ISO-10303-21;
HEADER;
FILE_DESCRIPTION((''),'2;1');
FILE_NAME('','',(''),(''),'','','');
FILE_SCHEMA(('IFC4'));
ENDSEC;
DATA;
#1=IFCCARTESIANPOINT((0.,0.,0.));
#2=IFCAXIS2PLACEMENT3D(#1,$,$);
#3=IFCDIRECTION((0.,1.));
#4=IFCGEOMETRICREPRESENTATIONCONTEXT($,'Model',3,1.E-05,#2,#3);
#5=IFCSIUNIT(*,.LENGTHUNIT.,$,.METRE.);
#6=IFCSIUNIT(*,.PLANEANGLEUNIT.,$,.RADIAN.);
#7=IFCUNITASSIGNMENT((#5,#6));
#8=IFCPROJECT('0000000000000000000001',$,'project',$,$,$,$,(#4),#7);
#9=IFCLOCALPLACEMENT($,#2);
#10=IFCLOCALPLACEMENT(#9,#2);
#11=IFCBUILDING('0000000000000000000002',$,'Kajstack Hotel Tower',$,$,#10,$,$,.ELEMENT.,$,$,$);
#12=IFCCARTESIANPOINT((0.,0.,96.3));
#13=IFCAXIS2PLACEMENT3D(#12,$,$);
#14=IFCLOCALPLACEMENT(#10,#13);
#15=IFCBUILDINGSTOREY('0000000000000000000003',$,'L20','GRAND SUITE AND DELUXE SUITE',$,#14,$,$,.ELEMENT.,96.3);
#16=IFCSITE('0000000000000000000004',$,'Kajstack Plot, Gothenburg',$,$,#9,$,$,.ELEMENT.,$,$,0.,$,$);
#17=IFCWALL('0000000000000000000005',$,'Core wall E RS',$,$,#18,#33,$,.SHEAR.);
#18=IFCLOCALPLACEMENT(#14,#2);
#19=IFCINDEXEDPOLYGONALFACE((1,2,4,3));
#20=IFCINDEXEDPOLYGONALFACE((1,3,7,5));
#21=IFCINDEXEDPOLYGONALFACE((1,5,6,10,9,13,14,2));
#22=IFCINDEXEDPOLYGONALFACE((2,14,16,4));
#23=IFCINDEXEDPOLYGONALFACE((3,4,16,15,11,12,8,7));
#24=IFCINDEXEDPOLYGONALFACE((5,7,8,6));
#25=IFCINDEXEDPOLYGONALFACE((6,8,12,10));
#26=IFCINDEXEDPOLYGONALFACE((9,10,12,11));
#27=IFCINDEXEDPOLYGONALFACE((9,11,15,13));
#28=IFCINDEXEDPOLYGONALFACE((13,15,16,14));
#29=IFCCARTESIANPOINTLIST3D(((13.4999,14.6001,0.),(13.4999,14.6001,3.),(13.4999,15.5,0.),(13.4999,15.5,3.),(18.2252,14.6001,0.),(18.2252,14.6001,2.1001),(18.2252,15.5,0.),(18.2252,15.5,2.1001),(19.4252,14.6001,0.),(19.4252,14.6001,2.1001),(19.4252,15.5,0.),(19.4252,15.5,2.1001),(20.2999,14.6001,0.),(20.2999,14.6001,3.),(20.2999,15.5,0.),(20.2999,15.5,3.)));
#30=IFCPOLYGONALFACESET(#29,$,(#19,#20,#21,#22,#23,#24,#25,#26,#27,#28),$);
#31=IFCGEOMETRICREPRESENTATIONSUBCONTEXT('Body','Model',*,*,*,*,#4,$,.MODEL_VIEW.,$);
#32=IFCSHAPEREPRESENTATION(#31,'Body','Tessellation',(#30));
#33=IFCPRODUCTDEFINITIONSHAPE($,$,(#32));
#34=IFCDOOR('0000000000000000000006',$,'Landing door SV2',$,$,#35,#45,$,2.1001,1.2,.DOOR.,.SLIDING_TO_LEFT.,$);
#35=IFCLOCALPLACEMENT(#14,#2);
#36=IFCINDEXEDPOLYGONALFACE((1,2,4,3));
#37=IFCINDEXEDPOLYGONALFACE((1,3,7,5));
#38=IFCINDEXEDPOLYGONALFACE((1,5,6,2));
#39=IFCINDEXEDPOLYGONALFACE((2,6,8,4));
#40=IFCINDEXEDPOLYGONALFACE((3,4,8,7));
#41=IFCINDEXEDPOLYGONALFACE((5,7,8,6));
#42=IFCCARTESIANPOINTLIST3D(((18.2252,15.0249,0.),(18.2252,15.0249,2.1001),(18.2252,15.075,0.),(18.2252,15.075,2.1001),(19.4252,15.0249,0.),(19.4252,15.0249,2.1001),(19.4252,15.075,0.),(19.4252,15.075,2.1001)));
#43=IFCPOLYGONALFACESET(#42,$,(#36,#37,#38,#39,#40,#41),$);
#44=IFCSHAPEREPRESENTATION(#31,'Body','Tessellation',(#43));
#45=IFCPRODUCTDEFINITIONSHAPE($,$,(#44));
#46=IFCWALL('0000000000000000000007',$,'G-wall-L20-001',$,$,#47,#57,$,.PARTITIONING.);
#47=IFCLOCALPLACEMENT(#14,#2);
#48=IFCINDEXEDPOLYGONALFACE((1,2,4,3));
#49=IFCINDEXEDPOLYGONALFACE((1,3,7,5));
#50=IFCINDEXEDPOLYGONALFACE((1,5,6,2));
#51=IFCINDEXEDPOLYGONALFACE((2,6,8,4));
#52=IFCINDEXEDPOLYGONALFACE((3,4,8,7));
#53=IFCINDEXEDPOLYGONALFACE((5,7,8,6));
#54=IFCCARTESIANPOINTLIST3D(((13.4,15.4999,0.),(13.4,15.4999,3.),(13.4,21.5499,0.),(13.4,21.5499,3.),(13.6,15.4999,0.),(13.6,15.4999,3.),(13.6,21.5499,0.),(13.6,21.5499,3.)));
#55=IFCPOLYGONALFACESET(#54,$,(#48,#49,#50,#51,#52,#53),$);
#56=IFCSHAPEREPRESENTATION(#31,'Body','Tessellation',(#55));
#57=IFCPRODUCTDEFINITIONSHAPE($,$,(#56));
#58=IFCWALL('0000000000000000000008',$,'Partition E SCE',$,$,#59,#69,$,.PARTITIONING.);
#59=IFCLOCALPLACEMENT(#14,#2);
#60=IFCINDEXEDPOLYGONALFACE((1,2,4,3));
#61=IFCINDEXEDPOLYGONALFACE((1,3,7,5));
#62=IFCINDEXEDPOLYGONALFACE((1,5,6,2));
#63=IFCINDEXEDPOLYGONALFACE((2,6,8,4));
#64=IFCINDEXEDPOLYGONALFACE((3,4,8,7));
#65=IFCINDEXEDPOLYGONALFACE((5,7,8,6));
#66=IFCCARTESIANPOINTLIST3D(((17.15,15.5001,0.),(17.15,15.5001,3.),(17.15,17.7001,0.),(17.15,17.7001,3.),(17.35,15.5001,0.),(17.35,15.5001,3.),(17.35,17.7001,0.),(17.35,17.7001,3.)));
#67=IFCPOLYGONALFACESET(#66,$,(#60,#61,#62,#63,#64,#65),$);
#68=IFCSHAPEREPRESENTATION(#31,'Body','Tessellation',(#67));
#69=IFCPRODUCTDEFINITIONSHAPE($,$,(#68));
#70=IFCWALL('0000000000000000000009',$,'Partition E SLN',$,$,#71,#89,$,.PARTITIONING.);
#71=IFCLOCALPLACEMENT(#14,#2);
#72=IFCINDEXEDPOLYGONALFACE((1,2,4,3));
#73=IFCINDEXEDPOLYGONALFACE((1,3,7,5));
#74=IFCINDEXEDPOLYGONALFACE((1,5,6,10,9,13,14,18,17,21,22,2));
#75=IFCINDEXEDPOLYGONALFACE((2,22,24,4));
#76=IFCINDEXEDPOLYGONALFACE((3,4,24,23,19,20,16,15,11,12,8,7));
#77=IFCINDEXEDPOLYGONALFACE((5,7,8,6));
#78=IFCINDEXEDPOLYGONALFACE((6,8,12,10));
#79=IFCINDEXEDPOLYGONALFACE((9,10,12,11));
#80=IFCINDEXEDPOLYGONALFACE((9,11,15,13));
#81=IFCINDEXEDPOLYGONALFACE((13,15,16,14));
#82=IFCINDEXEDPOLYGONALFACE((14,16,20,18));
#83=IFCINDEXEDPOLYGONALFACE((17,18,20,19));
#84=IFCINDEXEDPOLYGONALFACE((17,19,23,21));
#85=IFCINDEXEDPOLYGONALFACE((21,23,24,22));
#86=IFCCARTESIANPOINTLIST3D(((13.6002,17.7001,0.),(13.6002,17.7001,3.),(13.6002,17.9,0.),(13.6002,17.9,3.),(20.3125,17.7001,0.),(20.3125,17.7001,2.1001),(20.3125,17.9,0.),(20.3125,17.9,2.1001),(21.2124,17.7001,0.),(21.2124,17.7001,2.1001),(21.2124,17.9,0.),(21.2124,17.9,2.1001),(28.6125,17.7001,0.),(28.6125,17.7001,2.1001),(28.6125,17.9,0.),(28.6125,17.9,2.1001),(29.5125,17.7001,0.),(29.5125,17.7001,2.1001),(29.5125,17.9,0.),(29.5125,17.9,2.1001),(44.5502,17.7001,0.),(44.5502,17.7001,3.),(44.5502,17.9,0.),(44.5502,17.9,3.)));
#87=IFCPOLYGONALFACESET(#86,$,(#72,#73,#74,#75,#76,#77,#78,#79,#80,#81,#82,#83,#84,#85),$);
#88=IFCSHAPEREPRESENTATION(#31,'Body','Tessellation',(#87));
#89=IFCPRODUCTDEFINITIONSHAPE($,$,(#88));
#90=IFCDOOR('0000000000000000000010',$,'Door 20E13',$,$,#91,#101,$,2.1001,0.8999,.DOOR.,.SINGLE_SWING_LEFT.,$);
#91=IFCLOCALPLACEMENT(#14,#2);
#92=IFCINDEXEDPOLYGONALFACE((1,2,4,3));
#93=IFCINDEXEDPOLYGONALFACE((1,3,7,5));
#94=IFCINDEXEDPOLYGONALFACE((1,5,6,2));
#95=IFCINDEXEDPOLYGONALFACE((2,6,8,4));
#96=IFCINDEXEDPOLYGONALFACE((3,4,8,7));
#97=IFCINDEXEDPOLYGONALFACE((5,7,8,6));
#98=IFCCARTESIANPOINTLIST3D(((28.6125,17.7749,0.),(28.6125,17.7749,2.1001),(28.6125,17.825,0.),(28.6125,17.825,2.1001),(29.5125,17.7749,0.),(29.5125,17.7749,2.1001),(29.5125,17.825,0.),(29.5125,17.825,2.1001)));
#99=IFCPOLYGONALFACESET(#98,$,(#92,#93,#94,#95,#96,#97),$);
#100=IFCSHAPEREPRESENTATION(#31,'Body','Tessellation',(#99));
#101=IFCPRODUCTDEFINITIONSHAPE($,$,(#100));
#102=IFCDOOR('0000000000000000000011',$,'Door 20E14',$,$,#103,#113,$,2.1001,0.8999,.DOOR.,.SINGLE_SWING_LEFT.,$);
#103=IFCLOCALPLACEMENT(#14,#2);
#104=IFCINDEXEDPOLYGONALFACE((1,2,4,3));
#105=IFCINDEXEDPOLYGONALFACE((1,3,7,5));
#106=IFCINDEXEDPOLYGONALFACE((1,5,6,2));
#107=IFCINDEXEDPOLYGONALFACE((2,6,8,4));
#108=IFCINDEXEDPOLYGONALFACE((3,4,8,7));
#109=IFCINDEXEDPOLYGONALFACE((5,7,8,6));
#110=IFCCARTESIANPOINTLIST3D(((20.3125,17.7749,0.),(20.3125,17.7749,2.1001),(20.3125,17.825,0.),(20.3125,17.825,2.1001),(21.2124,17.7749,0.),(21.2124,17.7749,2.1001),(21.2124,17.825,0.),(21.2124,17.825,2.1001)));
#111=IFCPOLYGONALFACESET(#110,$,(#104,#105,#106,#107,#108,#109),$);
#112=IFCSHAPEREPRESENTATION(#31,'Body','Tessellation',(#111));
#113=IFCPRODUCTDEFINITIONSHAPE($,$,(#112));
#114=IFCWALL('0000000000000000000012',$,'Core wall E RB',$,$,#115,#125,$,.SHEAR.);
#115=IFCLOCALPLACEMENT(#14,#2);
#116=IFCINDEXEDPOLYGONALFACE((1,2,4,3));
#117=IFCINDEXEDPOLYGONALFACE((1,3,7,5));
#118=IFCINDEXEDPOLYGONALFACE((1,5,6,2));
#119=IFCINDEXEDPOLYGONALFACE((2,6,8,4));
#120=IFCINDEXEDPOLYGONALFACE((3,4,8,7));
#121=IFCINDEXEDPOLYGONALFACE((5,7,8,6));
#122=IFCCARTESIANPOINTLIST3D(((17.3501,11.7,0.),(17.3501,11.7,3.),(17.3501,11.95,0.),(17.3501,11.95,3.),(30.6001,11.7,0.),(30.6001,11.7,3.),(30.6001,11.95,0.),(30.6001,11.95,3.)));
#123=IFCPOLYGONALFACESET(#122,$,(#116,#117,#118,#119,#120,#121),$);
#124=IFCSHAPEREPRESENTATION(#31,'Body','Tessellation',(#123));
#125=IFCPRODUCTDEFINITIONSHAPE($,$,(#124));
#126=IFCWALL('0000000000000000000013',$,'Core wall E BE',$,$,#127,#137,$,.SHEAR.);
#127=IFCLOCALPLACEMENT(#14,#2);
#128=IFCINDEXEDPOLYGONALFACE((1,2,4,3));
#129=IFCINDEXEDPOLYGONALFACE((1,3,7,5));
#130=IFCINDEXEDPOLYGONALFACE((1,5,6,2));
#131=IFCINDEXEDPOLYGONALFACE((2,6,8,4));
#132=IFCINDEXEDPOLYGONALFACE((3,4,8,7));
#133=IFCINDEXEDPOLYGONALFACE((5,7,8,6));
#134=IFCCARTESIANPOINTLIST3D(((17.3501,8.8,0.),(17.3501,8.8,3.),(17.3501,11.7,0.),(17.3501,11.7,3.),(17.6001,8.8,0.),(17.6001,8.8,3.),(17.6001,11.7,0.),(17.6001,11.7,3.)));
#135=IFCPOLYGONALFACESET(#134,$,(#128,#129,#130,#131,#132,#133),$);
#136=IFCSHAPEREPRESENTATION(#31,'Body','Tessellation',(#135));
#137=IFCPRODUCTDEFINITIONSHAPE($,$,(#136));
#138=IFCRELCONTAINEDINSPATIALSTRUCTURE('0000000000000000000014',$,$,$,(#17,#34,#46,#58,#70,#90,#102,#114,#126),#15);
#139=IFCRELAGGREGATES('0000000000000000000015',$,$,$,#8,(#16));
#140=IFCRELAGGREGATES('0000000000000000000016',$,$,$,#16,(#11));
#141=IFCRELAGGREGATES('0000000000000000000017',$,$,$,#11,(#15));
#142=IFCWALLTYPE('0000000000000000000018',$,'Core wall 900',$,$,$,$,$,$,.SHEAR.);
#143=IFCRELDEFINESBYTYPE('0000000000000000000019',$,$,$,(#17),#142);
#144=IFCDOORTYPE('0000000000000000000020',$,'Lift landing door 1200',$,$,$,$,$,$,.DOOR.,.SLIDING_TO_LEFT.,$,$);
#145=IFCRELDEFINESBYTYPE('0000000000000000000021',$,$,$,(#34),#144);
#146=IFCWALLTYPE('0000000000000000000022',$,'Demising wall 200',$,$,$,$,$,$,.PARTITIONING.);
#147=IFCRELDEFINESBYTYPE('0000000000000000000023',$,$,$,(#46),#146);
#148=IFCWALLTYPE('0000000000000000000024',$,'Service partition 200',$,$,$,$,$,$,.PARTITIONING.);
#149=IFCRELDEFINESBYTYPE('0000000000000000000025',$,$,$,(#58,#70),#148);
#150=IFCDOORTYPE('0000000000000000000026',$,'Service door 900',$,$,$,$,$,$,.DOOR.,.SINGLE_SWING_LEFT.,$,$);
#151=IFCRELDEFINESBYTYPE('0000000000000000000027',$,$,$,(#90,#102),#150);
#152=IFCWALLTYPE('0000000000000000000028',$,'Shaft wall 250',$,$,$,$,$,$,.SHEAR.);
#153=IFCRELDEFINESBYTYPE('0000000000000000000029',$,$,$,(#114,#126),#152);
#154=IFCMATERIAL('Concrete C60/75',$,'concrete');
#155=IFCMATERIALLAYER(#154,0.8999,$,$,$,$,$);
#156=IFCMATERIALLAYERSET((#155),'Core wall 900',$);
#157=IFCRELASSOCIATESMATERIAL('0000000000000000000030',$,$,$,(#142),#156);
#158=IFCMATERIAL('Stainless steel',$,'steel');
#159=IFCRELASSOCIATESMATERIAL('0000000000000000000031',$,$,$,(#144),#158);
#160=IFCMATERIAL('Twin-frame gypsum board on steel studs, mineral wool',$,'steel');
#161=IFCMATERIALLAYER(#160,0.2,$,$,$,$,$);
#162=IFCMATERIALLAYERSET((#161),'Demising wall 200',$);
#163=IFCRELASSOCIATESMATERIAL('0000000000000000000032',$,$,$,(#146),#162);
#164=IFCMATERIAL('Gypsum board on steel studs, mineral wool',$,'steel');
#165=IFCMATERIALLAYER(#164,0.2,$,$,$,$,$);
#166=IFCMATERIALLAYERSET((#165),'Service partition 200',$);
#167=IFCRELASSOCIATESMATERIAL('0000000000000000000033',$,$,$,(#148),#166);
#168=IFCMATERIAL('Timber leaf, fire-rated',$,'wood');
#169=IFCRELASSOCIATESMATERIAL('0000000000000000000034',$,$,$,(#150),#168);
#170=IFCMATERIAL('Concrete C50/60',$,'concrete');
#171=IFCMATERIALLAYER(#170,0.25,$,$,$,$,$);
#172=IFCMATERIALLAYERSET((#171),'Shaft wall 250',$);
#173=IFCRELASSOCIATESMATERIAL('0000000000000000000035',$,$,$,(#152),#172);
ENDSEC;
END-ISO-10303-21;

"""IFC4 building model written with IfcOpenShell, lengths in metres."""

from ifc_helpers import new_model, si_unit, direction, frame, frame_2d, origin, place, context, subcontext, project, spatial, rectangle, extrude, material, layer, layer_set, type_object, element, fill, save


model = new_model("IFC4")

# Units and contexts
model_context = context("Model", 3, precision=1e-05, world=origin(), true_north=direction((0.0, 1.0)))
body_context = subcontext(model_context, "Body", "Model", "MODEL_VIEW")
ifc_project = project(units=[si_unit("LENGTHUNIT", "METRE"), si_unit("PLANEANGLEUNIT", "RADIAN")], contexts=[model_context])

# Site, building, storey
site_placement = place(None, origin())
site = spatial("IfcSite", under=ifc_project, at=site_placement, Name="Kajstack Plot, Gothenburg", CompositionType="ELEMENT", RefElevation=0.0)
building_placement = place(site_placement, origin())
building = spatial("IfcBuilding", under=site, at=building_placement, Name="Kajstack Hotel Tower", CompositionType="ELEMENT")
storey_placement = place(building_placement, frame((0.0, 0.0, 96.3)))
storey = spatial("IfcBuildingStorey", under=building, at=storey_placement, Name="L20", Description="GRAND SUITE AND DELUXE SUITE", CompositionType="ELEMENT", Elevation=96.3)

# Wall, opening, door
ifc_material_1 = material(Name="Concrete C60/75", Category="concrete")
ifc_layer_1 = layer(ifc_material_1, 0.8999)
ifc_layer_set_1 = layer_set([ifc_layer_1], Name="Core wall 900")
wall_type_1 = type_object("IfcWallType", Name="Core wall 900", PredefinedType="SHEAR", material=ifc_layer_set_1)
wall_1_placement = place(storey_placement, frame((13.5, 15.05, 0.0), z_axis=(0.0, 0.0, 1.0), x_axis=(1.0, 0.0, 0.0)))
wall_1 = element("IfcWall", 1, at=wall_1_placement, inside=storey, type_object=wall_type_1, Name="Core wall E RS", PredefinedType="SHEAR", context=body_context, shape_type="SweptSolid", body=[
    extrude(rectangle(XDim=6.8, YDim=0.8999, at=frame_2d((3.3999, 0.0))), origin(), (0.0, 0.0, 1.0), 3.0),
])
opening_1_placement = place(wall_1_placement, frame((4.7251, 0.0, 0.0)))
opening_1 = element("IfcOpeningElement", 2, at=opening_1_placement, cuts=wall_1, PredefinedType="OPENING", context=body_context, shape_type="SweptSolid", body=[
    extrude(rectangle(XDim=1.2, YDim=2.1001, at=frame_2d((0.6001, 1.05))), frame((0.0, 0.46, 0.0), z_axis=(0.0, -1.0, 0.0), x_axis=(1.0, 0.0, 0.0)), (0.0, 0.0, 1.0), 0.9199),
])
ifc_material_2 = material(Name="Stainless steel", Category="steel")
door_type_1 = type_object("IfcDoorType", Name="Lift landing door 1200", OperationType="SLIDING_TO_LEFT", PredefinedType="DOOR", material=ifc_material_2)
door_1_placement = place(opening_1_placement, origin())
door_1 = element("IfcDoor", 3, at=door_1_placement, inside=storey, type_object=door_type_1, Name="Landing door SV2", OperationType="SLIDING_TO_LEFT", OverallHeight=2.1001, OverallWidth=1.2, PredefinedType="DOOR", context=body_context, shape_type="SweptSolid", body=[
    extrude(rectangle(XDim=1.2, YDim=2.1001, at=frame_2d((0.6001, 1.05))), frame((0.0, 0.0249, 0.0), z_axis=(0.0, -1.0, 0.0), x_axis=(1.0, 0.0, 0.0)), (0.0, 0.0, 1.0), 0.05),
])
fill(opening_1, door_1)

# Wall
ifc_material_3 = material(Name="Twin-frame gypsum board on steel studs, mineral wool", Category="steel")
ifc_layer_2 = layer(ifc_material_3, 0.2)
ifc_layer_set_2 = layer_set([ifc_layer_2], Name="Demising wall 200")
wall_type_2 = type_object("IfcWallType", Name="Demising wall 200", PredefinedType="PARTITIONING", material=ifc_layer_set_2)
wall_2_placement = place(storey_placement, frame((13.5, 15.5, 0.0), z_axis=(0.0, 0.0, 1.0), x_axis=(0.0, 1.0, 0.0)))
element("IfcWall", 4, at=wall_2_placement, inside=storey, type_object=wall_type_2, Name="G-wall-L20-001", PredefinedType="PARTITIONING", context=body_context, shape_type="SweptSolid", body=[
    extrude(rectangle(XDim=6.05, YDim=0.2, at=frame_2d((3.0249, 0.0))), origin(), (0.0, 0.0, 1.0), 3.0),
])

# Wall
ifc_material_4 = material(Name="Gypsum board on steel studs, mineral wool", Category="steel")
ifc_layer_3 = layer(ifc_material_4, 0.2)
ifc_layer_set_3 = layer_set([ifc_layer_3], Name="Service partition 200")
wall_type_3 = type_object("IfcWallType", Name="Service partition 200", PredefinedType="PARTITIONING", material=ifc_layer_set_3)
wall_3_placement = place(storey_placement, frame((17.25, 15.5, 0.0), z_axis=(0.0, 0.0, 1.0), x_axis=(0.0, 1.0, 0.0)))
element("IfcWall", 5, at=wall_3_placement, inside=storey, type_object=wall_type_3, Name="Partition E SCE", PredefinedType="PARTITIONING", context=body_context, shape_type="SweptSolid", body=[
    extrude(rectangle(XDim=2.2, YDim=0.2, at=frame_2d((1.1001, 0.0))), origin(), (0.0, 0.0, 1.0), 3.0),
])

# Wall, openings, doors
wall_4_placement = place(storey_placement, frame((13.6001, 17.8, 0.0), z_axis=(0.0, 0.0, 1.0), x_axis=(1.0, 0.0, 0.0)))
wall_4 = element("IfcWall", 6, at=wall_4_placement, inside=storey, type_object=wall_type_3, Name="Partition E SLN", PredefinedType="PARTITIONING", context=body_context, shape_type="SweptSolid", body=[
    extrude(rectangle(XDim=30.95, YDim=0.2, at=frame_2d((15.4751, 0.0))), origin(), (0.0, 0.0, 1.0), 3.0),
])
opening_2_placement = place(wall_4_placement, frame((15.0125, 0.0, 0.0)))
opening_2 = element("IfcOpeningElement", 7, at=opening_2_placement, cuts=wall_4, PredefinedType="OPENING", context=body_context, shape_type="SweptSolid", body=[
    extrude(rectangle(XDim=0.8999, YDim=2.1001, at=frame_2d((0.45, 1.05))), frame((0.0, 0.1099, 0.0), z_axis=(0.0, -1.0, 0.0), x_axis=(1.0, 0.0, 0.0)), (0.0, 0.0, 1.0), 0.22),
])
opening_3_placement = place(wall_4_placement, frame((6.7124, 0.0, 0.0)))
opening_3 = element("IfcOpeningElement", 8, at=opening_3_placement, cuts=wall_4, PredefinedType="OPENING", context=body_context, shape_type="SweptSolid", body=[
    extrude(rectangle(XDim=0.8999, YDim=2.1001, at=frame_2d((0.45, 1.05))), frame((0.0, 0.1099, 0.0), z_axis=(0.0, -1.0, 0.0), x_axis=(1.0, 0.0, 0.0)), (0.0, 0.0, 1.0), 0.22),
])
ifc_material_5 = material(Name="Timber leaf, fire-rated", Category="wood")
door_type_2 = type_object("IfcDoorType", Name="Service door 900", OperationType="SINGLE_SWING_LEFT", PredefinedType="DOOR", material=ifc_material_5)
door_2_placement = place(opening_2_placement, origin())
door_2 = element("IfcDoor", 9, at=door_2_placement, inside=storey, type_object=door_type_2, Name="Door 20E13", OperationType="SINGLE_SWING_LEFT", OverallHeight=2.1001, OverallWidth=0.8999, PredefinedType="DOOR", context=body_context, shape_type="SweptSolid", body=[
    extrude(rectangle(XDim=0.8999, YDim=2.1001, at=frame_2d((0.45, 1.05))), frame((0.0, 0.0249, 0.0), z_axis=(0.0, -1.0, 0.0), x_axis=(1.0, 0.0, 0.0)), (0.0, 0.0, 1.0), 0.05),
])
fill(opening_2, door_2)
door_3_placement = place(opening_3_placement, origin())
door_3 = element("IfcDoor", 10, at=door_3_placement, inside=storey, type_object=door_type_2, Name="Door 20E14", OperationType="SINGLE_SWING_LEFT", OverallHeight=2.1001, OverallWidth=0.8999, PredefinedType="DOOR", context=body_context, shape_type="SweptSolid", body=[
    extrude(rectangle(XDim=0.8999, YDim=2.1001, at=frame_2d((0.45, 1.05))), frame((0.0, 0.0249, 0.0), z_axis=(0.0, -1.0, 0.0), x_axis=(1.0, 0.0, 0.0)), (0.0, 0.0, 1.0), 0.05),
])
fill(opening_3, door_3)

# Walls
ifc_material_6 = material(Name="Concrete C50/60", Category="concrete")
ifc_layer_4 = layer(ifc_material_6, 0.25)
ifc_layer_set_4 = layer_set([ifc_layer_4], Name="Shaft wall 250")
wall_type_4 = type_object("IfcWallType", Name="Shaft wall 250", PredefinedType="SHEAR", material=ifc_layer_set_4)
wall_5_placement = place(storey_placement, frame((17.3501, 11.825, 0.0), z_axis=(0.0, 0.0, 1.0), x_axis=(1.0, 0.0, 0.0)))
element("IfcWall", 11, at=wall_5_placement, inside=storey, type_object=wall_type_4, Name="Core wall E RB", PredefinedType="SHEAR", context=body_context, shape_type="SweptSolid", body=[
    extrude(rectangle(XDim=13.25, YDim=0.25, at=frame_2d((6.625, 0.0))), origin(), (0.0, 0.0, 1.0), 3.0),
])
wall_6_placement = place(storey_placement, frame((17.4751, 8.8, 0.0), z_axis=(0.0, 0.0, 1.0), x_axis=(0.0, 1.0, 0.0)))
element("IfcWall", 12, at=wall_6_placement, inside=storey, type_object=wall_type_4, Name="Core wall E BE", PredefinedType="SHEAR", context=body_context, shape_type="SweptSolid", body=[
    extrude(rectangle(XDim=2.8999, YDim=0.25, at=frame_2d((1.45, 0.0))), origin(), (0.0, 0.0, 1.0), 3.0),
])

save(model, "model.ifc")
